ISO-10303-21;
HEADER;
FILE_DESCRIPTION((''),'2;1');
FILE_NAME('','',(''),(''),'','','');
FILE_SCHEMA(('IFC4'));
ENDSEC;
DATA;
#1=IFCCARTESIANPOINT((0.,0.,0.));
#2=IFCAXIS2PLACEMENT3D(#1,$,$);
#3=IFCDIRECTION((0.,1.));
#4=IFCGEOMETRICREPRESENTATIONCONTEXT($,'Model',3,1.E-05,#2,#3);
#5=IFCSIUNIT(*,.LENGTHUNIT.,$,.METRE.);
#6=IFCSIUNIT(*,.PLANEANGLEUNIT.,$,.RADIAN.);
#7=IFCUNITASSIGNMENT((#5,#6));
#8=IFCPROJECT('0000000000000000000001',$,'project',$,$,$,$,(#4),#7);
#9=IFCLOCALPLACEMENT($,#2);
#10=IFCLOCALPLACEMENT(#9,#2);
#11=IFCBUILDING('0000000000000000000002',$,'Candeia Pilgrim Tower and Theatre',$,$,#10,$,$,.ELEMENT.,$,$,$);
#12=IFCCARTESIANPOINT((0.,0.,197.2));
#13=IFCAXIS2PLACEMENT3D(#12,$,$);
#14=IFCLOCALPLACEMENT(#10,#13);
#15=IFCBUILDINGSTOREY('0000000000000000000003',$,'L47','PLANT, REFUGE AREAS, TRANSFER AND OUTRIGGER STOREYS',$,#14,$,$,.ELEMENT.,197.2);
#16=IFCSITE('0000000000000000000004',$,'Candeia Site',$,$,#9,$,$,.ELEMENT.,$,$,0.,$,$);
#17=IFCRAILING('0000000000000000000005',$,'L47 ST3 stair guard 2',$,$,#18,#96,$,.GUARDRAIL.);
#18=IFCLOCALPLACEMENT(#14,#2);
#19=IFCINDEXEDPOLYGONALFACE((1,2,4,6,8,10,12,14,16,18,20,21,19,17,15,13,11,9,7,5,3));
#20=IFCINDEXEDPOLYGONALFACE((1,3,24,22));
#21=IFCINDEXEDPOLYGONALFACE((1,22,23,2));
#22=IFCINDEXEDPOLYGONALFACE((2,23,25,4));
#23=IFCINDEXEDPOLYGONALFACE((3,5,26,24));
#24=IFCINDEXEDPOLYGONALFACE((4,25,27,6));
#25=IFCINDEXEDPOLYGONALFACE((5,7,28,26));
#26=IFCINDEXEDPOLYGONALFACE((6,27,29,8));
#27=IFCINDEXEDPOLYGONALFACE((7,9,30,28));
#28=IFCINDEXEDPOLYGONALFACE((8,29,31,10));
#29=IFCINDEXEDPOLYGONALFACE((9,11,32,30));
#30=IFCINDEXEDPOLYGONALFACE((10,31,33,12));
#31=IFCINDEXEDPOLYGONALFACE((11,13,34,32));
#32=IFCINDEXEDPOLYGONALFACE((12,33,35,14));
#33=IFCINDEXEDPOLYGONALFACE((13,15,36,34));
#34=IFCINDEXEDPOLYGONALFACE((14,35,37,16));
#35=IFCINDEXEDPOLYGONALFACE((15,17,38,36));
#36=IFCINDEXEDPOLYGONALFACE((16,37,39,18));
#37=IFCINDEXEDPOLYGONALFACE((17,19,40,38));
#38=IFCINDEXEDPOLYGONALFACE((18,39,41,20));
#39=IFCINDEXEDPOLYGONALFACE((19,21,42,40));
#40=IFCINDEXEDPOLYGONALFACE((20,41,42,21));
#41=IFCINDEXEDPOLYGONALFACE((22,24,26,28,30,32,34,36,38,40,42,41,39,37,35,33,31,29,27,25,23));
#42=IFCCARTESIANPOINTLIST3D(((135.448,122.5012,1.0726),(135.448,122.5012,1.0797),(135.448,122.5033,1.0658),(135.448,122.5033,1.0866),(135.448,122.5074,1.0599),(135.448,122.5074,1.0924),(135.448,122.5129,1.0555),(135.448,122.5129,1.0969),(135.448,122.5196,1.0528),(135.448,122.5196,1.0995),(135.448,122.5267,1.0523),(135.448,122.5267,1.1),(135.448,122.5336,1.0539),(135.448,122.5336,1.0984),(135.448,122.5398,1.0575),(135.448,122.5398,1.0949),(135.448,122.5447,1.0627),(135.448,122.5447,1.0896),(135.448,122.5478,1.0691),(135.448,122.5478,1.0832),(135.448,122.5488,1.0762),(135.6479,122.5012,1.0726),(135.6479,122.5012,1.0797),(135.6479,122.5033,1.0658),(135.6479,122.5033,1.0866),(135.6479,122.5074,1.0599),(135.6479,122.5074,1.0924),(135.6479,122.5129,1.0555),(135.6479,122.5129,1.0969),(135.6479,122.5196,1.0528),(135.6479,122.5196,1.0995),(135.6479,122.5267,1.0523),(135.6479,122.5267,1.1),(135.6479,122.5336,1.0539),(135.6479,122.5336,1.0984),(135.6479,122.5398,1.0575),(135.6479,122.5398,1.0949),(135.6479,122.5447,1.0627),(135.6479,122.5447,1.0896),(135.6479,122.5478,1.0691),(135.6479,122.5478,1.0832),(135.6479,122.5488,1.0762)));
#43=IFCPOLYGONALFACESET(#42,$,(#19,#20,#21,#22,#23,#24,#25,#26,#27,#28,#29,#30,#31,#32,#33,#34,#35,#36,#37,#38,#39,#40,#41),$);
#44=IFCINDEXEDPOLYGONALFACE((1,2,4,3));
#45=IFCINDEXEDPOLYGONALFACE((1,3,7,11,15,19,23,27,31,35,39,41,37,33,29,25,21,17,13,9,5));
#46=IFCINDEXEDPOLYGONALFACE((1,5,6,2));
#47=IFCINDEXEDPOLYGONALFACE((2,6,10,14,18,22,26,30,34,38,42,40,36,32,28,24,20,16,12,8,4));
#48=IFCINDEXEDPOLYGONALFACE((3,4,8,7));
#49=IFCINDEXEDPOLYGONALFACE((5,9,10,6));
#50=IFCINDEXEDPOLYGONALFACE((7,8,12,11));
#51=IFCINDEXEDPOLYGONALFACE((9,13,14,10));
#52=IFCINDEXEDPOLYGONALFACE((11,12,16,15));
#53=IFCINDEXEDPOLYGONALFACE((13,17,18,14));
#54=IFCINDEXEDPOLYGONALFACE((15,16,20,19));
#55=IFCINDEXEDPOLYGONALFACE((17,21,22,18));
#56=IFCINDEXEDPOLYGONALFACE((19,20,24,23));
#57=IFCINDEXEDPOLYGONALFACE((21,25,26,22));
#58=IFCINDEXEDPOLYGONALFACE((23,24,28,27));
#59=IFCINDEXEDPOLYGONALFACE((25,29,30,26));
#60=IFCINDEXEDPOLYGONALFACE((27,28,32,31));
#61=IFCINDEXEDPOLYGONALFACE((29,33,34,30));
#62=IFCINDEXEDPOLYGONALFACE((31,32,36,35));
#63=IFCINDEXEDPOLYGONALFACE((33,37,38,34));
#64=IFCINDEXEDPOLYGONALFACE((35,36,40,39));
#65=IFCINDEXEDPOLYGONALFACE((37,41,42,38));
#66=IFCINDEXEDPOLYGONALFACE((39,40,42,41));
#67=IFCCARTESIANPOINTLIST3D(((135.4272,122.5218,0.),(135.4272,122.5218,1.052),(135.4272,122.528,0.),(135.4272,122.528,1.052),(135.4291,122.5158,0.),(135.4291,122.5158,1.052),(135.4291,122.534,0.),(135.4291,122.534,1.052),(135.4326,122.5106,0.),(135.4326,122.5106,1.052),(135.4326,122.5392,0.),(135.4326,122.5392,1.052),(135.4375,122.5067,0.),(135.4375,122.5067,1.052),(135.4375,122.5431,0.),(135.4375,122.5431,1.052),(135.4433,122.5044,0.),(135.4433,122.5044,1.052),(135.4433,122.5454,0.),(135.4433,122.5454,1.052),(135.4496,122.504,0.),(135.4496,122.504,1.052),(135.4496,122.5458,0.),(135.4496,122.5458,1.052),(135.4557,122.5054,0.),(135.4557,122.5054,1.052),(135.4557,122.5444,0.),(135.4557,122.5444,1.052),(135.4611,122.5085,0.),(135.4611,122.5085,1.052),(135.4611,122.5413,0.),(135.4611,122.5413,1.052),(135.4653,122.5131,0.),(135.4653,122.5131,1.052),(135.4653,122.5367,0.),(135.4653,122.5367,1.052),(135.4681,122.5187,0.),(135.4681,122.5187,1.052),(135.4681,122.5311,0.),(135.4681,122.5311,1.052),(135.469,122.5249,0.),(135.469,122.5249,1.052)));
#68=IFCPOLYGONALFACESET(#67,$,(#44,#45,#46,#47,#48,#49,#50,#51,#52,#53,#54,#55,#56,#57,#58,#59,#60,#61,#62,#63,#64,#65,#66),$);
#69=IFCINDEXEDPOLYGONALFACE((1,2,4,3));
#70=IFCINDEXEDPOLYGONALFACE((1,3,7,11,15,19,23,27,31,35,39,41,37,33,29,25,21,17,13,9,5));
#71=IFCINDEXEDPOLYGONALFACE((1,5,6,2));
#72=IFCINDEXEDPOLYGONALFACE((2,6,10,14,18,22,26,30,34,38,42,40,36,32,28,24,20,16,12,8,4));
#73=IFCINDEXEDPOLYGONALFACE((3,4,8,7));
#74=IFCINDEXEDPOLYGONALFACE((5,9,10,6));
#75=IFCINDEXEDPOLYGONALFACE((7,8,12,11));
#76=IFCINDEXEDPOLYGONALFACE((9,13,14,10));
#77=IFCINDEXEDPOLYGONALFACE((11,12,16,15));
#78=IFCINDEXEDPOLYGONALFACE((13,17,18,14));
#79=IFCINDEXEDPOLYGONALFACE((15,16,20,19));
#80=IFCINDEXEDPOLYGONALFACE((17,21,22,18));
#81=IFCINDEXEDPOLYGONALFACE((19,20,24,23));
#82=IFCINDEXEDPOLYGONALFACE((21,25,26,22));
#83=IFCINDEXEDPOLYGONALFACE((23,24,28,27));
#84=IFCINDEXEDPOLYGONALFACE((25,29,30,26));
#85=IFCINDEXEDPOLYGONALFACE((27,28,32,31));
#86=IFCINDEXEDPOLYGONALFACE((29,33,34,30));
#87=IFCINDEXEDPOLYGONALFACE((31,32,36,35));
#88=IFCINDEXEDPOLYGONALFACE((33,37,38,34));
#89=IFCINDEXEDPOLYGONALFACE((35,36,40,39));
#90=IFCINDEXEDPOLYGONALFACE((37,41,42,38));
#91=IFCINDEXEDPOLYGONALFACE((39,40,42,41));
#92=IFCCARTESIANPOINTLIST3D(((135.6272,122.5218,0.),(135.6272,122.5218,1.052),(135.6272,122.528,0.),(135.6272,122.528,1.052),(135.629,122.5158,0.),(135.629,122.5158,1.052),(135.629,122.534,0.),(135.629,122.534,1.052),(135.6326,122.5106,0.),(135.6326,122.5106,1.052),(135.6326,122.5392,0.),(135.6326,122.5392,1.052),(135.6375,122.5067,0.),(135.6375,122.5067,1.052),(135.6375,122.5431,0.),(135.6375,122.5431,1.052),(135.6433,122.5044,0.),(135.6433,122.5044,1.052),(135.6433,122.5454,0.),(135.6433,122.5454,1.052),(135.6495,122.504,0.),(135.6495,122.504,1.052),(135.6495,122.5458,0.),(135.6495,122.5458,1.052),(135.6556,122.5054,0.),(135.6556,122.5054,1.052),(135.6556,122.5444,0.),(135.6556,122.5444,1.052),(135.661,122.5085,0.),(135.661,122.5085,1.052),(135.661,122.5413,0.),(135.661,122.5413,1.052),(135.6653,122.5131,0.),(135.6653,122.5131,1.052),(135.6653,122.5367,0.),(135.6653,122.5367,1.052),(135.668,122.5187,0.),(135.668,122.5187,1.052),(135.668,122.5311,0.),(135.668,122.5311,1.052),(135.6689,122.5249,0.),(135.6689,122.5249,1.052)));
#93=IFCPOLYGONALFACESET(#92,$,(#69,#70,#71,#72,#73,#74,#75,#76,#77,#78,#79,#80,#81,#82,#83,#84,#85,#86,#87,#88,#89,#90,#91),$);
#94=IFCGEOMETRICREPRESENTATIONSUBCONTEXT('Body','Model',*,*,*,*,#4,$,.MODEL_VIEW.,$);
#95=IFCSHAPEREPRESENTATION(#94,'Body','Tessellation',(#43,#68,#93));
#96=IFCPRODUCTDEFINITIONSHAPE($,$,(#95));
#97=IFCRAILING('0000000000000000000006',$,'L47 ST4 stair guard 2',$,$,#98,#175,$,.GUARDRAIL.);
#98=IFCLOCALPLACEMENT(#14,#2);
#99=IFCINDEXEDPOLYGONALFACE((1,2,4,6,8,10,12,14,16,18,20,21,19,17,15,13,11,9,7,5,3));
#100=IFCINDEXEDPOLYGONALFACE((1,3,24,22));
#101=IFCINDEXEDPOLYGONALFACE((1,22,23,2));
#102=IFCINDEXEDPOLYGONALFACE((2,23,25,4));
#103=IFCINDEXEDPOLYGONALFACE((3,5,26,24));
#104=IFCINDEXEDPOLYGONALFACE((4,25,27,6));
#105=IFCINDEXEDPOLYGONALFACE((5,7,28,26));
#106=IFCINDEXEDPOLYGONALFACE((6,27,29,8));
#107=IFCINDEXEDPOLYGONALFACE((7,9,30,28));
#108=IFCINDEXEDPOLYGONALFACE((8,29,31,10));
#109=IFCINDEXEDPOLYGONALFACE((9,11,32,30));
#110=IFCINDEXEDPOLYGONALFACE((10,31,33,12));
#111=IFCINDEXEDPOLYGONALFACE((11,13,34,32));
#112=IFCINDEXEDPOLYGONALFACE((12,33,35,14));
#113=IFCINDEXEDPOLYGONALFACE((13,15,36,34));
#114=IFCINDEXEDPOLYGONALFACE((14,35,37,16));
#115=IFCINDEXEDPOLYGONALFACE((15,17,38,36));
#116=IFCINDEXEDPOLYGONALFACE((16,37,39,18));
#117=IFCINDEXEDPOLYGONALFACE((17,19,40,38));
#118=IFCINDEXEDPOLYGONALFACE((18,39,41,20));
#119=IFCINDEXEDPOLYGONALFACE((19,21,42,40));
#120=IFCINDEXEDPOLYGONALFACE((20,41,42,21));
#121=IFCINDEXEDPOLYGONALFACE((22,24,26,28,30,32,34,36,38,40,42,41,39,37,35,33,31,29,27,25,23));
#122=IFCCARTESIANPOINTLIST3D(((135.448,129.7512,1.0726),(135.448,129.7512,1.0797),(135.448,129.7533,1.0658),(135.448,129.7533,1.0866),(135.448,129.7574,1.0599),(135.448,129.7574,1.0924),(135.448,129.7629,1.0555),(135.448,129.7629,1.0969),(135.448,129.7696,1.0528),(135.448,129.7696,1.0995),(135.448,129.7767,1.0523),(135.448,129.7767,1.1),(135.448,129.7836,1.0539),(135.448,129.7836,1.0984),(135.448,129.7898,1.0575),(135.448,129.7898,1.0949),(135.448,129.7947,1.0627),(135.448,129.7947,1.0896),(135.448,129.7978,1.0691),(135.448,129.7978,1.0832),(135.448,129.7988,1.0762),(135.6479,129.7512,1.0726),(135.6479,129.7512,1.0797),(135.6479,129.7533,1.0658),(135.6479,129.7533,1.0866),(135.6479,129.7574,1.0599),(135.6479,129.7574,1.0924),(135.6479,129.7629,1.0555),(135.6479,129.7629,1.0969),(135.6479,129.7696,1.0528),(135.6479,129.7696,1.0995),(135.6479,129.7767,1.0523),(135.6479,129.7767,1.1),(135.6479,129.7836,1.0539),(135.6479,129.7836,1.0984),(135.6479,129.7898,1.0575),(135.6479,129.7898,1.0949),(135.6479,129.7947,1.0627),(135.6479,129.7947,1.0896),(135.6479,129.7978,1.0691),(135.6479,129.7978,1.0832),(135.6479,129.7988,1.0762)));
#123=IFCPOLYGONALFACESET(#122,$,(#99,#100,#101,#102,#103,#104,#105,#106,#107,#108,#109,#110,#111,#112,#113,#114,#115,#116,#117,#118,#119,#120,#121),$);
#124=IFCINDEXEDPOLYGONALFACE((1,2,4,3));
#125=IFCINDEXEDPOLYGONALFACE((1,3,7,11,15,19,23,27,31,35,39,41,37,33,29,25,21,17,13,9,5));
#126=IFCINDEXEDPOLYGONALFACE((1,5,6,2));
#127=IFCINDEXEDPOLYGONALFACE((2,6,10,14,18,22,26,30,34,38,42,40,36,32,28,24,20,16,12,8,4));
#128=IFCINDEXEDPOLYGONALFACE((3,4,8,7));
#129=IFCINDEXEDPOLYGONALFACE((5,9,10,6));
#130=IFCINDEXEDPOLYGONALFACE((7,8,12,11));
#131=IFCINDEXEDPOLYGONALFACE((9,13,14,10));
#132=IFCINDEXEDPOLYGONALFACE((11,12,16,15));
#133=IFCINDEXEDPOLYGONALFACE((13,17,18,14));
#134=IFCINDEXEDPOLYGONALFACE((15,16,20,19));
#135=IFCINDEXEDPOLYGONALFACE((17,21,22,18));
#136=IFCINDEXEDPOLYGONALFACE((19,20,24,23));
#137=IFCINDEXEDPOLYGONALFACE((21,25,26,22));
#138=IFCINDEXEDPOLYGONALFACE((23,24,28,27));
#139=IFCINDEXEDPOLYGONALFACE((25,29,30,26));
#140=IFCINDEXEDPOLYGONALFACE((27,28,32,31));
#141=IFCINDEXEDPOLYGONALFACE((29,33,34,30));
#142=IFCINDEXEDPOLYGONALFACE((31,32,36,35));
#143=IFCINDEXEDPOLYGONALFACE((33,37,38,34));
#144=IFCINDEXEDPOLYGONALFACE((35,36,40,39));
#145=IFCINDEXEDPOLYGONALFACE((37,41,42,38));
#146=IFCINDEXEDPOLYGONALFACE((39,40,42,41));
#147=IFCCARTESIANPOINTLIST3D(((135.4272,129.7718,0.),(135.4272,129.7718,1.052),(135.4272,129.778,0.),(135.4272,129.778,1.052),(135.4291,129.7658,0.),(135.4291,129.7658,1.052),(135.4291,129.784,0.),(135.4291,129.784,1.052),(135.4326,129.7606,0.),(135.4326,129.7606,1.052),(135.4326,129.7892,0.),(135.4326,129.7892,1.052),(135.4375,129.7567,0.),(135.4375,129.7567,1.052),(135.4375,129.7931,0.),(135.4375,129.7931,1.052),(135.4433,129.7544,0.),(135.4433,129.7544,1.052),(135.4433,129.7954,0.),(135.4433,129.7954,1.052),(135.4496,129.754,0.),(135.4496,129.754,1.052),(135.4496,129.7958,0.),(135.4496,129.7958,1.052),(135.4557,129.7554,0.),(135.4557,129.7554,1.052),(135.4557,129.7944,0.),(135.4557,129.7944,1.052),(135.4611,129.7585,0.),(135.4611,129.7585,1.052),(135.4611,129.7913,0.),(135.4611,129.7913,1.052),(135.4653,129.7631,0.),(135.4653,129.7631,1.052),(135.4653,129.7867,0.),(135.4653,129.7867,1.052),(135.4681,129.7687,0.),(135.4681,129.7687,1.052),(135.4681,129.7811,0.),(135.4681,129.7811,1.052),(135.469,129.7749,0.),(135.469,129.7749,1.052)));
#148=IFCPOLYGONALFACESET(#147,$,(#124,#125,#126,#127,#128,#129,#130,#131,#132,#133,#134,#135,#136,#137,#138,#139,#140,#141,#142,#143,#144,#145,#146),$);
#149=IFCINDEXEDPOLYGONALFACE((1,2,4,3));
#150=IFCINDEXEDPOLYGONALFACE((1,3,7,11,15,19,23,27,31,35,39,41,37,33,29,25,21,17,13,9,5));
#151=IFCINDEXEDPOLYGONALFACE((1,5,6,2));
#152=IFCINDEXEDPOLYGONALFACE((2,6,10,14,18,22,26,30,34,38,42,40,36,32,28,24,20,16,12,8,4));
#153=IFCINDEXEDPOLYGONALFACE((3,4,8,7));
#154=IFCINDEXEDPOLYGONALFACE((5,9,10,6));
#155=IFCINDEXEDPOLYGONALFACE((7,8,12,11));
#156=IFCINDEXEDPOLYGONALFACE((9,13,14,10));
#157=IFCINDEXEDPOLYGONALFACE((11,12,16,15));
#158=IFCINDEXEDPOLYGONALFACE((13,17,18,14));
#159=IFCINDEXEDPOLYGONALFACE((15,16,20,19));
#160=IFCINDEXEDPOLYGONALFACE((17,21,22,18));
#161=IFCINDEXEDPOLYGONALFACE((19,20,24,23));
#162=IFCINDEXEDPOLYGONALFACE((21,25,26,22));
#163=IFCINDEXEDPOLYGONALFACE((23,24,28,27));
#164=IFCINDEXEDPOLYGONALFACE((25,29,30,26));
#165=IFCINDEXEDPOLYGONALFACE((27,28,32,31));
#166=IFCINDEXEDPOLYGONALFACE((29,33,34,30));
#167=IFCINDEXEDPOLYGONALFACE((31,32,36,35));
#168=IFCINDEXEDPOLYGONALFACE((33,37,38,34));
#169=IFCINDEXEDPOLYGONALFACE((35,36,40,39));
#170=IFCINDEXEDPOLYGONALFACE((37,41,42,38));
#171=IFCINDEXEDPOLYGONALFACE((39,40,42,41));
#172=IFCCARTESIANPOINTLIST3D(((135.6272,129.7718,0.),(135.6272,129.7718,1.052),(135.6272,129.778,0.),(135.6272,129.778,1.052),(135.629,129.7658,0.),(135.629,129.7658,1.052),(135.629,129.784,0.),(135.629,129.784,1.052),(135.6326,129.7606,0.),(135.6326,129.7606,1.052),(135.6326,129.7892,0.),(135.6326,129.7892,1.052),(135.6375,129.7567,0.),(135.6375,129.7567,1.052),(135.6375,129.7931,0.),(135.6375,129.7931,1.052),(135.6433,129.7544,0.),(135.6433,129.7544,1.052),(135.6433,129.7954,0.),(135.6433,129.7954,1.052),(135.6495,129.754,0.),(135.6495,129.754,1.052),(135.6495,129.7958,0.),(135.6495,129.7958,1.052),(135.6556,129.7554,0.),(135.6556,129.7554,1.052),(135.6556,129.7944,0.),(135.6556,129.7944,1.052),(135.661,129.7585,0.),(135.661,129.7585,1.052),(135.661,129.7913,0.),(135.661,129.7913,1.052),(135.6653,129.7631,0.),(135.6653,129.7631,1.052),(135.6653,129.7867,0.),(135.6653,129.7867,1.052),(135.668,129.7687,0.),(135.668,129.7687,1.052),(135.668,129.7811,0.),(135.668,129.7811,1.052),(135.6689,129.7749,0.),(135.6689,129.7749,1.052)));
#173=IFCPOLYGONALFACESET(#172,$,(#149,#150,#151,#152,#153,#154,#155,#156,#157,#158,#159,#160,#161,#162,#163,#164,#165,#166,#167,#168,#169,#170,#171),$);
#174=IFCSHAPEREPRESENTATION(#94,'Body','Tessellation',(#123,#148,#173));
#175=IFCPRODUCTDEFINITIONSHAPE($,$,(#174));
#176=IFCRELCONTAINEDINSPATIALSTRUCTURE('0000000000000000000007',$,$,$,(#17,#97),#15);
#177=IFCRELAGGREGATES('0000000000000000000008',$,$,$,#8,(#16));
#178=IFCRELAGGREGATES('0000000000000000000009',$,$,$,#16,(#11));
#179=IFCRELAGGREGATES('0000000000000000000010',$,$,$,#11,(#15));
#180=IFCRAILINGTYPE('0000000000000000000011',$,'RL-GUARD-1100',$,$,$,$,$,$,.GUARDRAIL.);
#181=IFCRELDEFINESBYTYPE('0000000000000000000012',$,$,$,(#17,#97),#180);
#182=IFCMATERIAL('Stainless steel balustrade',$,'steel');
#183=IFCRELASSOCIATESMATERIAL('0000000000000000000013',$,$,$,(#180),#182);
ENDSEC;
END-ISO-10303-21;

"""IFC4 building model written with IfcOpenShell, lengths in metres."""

from ifc_helpers import new_model, si_unit, direction, frame, origin, origin_2d, place, context, subcontext, project, spatial, circle, extrude, material, type_object, element, save


model = new_model("IFC4")

# Units and contexts
model_context = context("Model", 3, precision=1e-05, world=origin(), true_north=direction((0.0, 1.0)))
body_context = subcontext(model_context, "Body", "Model", "MODEL_VIEW")
ifc_project = project(units=[si_unit("LENGTHUNIT", "METRE"), si_unit("PLANEANGLEUNIT", "RADIAN")], contexts=[model_context])

# Site, building, storey
site_placement = place(None, origin())
site = spatial("IfcSite", under=ifc_project, at=site_placement, Name="Candeia Site", CompositionType="ELEMENT", RefElevation=0.0)
building_placement = place(site_placement, origin())
building = spatial("IfcBuilding", under=site, at=building_placement, Name="Candeia Pilgrim Tower and Theatre", CompositionType="ELEMENT")
storey_placement = place(building_placement, frame((0.0, 0.0, 197.2)))
storey = spatial("IfcBuildingStorey", under=building, at=storey_placement, Name="L47", Description="PLANT, REFUGE AREAS, TRANSFER AND OUTRIGGER STOREYS", CompositionType="ELEMENT", Elevation=197.2)

# Railings
ifc_material_1 = material(Name="Stainless steel balustrade", Category="steel")
railing_type_1 = type_object("IfcRailingType", Name="RL-GUARD-1100", PredefinedType="GUARDRAIL", material=ifc_material_1)
railing_1_placement = place(storey_placement, frame((135.448, 122.5249, 0.0)))
element("IfcRailing", 1, at=railing_1_placement, inside=storey, type_object=railing_type_1, Name="L47 ST3 stair guard 2", PredefinedType="GUARDRAIL", context=body_context, shape_type="SweptSolid", body=[
    extrude(circle(Radius=0.0239, at=origin_2d()), frame((0.0, 0.0, 1.0762), z_axis=(1.0, 0.0, 0.0), x_axis=(0.0, 1.0, 0.0)), (0.0, 0.0, 1.0), 0.2),
    extrude(circle(Radius=0.021, at=origin_2d()), origin(), (0.0, 0.0, 1.0), 1.052),
    extrude(circle(Radius=0.021, at=origin_2d()), frame((0.2, 0.0, 0.0)), (0.0, 0.0, 1.0), 1.052),
])
railing_2_placement = place(storey_placement, frame((135.448, 129.7749, 0.0)))
element("IfcRailing", 2, at=railing_2_placement, inside=storey, type_object=railing_type_1, Name="L47 ST4 stair guard 2", PredefinedType="GUARDRAIL", context=body_context, shape_type="SweptSolid", body=[
    extrude(circle(Radius=0.0239, at=origin_2d()), frame((0.0, 0.0, 1.0762), z_axis=(1.0, 0.0, 0.0), x_axis=(0.0, 1.0, 0.0)), (0.0, 0.0, 1.0), 0.2),
    extrude(circle(Radius=0.021, at=origin_2d()), origin(), (0.0, 0.0, 1.0), 1.052),
    extrude(circle(Radius=0.021, at=origin_2d()), frame((0.2, 0.0, 0.0)), (0.0, 0.0, 1.0), 1.052),
])

save(model, "model.ifc")
